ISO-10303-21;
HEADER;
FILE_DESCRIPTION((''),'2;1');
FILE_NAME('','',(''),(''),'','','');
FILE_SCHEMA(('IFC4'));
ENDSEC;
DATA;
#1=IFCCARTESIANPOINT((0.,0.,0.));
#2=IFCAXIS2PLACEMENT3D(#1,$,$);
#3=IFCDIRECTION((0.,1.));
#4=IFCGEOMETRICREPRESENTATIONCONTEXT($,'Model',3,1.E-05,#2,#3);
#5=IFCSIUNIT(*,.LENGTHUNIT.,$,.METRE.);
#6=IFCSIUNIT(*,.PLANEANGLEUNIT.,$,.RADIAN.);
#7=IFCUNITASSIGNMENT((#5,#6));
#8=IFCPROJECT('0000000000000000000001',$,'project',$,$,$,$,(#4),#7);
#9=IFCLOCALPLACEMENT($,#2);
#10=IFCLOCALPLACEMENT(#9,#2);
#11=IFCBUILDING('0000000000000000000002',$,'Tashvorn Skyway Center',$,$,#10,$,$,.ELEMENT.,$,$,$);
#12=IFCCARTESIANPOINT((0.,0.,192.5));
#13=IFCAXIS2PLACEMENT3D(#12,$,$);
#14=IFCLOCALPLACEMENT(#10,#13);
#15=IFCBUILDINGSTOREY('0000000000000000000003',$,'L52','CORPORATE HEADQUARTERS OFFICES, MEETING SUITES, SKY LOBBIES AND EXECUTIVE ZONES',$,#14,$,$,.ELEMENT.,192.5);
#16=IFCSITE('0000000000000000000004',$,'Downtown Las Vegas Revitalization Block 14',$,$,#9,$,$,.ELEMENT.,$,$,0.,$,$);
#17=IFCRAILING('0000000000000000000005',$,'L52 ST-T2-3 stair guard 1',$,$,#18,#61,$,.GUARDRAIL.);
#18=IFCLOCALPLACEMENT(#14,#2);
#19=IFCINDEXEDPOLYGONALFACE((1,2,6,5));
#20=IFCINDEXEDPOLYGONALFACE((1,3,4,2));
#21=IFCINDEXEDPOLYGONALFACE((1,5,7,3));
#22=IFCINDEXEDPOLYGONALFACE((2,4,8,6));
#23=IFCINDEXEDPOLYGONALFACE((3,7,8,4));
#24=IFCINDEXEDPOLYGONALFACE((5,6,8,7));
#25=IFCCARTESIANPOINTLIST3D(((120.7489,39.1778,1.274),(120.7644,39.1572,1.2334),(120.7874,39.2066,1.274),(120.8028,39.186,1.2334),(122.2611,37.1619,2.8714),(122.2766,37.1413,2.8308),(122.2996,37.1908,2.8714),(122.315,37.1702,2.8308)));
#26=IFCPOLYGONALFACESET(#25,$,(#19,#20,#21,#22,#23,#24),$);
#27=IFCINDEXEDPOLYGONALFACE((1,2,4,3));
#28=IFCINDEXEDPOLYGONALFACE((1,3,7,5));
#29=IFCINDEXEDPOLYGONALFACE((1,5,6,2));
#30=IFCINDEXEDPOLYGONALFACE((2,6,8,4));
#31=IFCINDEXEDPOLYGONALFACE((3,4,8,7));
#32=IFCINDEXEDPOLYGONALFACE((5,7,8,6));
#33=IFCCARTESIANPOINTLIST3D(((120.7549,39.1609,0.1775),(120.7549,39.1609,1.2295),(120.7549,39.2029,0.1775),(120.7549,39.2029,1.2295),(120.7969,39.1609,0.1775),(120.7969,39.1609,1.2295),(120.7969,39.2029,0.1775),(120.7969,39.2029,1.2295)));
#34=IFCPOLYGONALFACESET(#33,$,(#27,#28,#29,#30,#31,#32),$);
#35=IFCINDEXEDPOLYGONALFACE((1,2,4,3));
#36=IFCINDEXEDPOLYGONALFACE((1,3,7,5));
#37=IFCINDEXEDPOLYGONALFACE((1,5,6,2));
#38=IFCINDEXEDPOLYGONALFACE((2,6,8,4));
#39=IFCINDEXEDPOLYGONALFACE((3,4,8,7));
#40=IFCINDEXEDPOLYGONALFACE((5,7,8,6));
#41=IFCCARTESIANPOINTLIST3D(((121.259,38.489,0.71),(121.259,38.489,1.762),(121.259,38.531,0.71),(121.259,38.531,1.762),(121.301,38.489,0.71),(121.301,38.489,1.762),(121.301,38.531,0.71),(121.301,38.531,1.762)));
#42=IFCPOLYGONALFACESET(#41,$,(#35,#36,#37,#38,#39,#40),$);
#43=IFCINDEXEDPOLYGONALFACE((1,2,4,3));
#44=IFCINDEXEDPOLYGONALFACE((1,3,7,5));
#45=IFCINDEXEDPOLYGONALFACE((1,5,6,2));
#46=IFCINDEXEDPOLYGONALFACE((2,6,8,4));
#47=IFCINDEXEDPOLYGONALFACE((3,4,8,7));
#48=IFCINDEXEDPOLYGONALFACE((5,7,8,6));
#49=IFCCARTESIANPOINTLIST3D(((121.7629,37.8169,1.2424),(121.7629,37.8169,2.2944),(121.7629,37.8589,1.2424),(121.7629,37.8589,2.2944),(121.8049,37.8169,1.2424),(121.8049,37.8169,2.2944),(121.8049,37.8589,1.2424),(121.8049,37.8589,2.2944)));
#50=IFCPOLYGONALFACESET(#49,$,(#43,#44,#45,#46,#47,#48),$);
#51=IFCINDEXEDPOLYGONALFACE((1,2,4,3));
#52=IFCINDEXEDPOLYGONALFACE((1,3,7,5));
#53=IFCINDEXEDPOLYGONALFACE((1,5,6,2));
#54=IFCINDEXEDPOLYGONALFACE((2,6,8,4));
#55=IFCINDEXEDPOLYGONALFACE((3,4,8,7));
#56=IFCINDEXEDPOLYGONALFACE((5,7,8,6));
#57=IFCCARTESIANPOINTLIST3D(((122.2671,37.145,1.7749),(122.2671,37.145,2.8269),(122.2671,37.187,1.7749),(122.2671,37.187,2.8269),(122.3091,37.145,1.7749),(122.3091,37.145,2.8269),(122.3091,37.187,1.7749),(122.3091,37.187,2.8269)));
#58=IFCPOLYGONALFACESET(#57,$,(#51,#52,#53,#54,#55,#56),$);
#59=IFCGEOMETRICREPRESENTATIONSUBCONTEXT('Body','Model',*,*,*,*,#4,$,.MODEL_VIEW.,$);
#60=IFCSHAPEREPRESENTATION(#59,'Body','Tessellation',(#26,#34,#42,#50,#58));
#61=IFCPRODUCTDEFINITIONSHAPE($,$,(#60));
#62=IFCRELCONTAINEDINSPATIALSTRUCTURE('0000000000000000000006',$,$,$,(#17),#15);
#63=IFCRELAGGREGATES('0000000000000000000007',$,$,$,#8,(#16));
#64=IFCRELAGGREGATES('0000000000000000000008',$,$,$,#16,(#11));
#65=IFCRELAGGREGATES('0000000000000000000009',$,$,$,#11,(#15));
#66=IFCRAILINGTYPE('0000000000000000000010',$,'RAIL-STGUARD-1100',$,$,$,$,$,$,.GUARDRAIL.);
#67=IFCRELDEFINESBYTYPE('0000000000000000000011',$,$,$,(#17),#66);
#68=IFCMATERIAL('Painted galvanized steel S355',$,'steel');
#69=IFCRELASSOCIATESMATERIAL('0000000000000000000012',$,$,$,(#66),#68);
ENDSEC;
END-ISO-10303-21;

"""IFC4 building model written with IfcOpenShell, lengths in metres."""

from ifc_helpers import new_model, si_unit, direction, frame, origin, origin_2d, place, context, subcontext, project, spatial, rectangle, extrude, material, type_object, element, save


model = new_model("IFC4")

# Units and contexts
model_context = context("Model", 3, precision=1e-05, world=origin(), true_north=direction((0.0, 1.0)))
body_context = subcontext(model_context, "Body", "Model", "MODEL_VIEW")
ifc_project = project(units=[si_unit("LENGTHUNIT", "METRE"), si_unit("PLANEANGLEUNIT", "RADIAN")], contexts=[model_context])

# Site, building, storey
site_placement = place(None, origin())
site = spatial("IfcSite", under=ifc_project, at=site_placement, Name="Downtown Las Vegas Revitalization Block 14", CompositionType="ELEMENT", RefElevation=0.0)
building_placement = place(site_placement, origin())
building = spatial("IfcBuilding", under=site, at=building_placement, Name="Tashvorn Skyway Center", CompositionType="ELEMENT")
storey_placement = place(building_placement, frame((0.0, 0.0, 192.5)))
storey = spatial("IfcBuildingStorey", under=building, at=storey_placement, Name="L52", Description="CORPORATE HEADQUARTERS OFFICES, MEETING SUITES, SKY LOBBIES AND EXECUTIVE ZONES", CompositionType="ELEMENT", Elevation=192.5)

# Railing
ifc_material_1 = material(Name="Painted galvanized steel S355", Category="steel")
railing_type_1 = type_object("IfcRailingType", Name="RAIL-STGUARD-1100", PredefinedType="GUARDRAIL", material=ifc_material_1)
railing_1_placement = place(storey_placement, frame((120.7759, 39.1819, 0.1775)))
element("IfcRailing", 1, at=railing_1_placement, inside=storey, type_object=railing_type_1, Name="L52 ST-T2-3 stair guard 1", PredefinedType="GUARDRAIL", context=body_context, shape_type="SweptSolid", body=[
    extrude(rectangle(XDim=0.0481, YDim=0.0481, at=origin_2d()), frame((0.0, 0.0, 1.0762), z_axis=(0.50683, -0.675636, 0.535387), x_axis=(0.799942, 0.600078, 0.0)), (0.0, 0.0, 1.0), 2.9836),
    extrude(rectangle(XDim=0.042, YDim=0.042, at=origin_2d()), origin(), (0.0, 0.0, 1.0), 1.052),
    extrude(rectangle(XDim=0.042, YDim=0.042, at=origin_2d()), frame((0.5042, -0.6719, 0.5325)), (0.0, 0.0, 1.0), 1.052),
    extrude(rectangle(XDim=0.042, YDim=0.042, at=origin_2d()), frame((1.0081, -1.344, 1.0649)), (0.0, 0.0, 1.0), 1.052),
    extrude(rectangle(XDim=0.042, YDim=0.042, at=origin_2d()), frame((1.5122, -2.0159, 1.5974)), (0.0, 0.0, 1.0), 1.052),
])

save(model, "model.ifc")
